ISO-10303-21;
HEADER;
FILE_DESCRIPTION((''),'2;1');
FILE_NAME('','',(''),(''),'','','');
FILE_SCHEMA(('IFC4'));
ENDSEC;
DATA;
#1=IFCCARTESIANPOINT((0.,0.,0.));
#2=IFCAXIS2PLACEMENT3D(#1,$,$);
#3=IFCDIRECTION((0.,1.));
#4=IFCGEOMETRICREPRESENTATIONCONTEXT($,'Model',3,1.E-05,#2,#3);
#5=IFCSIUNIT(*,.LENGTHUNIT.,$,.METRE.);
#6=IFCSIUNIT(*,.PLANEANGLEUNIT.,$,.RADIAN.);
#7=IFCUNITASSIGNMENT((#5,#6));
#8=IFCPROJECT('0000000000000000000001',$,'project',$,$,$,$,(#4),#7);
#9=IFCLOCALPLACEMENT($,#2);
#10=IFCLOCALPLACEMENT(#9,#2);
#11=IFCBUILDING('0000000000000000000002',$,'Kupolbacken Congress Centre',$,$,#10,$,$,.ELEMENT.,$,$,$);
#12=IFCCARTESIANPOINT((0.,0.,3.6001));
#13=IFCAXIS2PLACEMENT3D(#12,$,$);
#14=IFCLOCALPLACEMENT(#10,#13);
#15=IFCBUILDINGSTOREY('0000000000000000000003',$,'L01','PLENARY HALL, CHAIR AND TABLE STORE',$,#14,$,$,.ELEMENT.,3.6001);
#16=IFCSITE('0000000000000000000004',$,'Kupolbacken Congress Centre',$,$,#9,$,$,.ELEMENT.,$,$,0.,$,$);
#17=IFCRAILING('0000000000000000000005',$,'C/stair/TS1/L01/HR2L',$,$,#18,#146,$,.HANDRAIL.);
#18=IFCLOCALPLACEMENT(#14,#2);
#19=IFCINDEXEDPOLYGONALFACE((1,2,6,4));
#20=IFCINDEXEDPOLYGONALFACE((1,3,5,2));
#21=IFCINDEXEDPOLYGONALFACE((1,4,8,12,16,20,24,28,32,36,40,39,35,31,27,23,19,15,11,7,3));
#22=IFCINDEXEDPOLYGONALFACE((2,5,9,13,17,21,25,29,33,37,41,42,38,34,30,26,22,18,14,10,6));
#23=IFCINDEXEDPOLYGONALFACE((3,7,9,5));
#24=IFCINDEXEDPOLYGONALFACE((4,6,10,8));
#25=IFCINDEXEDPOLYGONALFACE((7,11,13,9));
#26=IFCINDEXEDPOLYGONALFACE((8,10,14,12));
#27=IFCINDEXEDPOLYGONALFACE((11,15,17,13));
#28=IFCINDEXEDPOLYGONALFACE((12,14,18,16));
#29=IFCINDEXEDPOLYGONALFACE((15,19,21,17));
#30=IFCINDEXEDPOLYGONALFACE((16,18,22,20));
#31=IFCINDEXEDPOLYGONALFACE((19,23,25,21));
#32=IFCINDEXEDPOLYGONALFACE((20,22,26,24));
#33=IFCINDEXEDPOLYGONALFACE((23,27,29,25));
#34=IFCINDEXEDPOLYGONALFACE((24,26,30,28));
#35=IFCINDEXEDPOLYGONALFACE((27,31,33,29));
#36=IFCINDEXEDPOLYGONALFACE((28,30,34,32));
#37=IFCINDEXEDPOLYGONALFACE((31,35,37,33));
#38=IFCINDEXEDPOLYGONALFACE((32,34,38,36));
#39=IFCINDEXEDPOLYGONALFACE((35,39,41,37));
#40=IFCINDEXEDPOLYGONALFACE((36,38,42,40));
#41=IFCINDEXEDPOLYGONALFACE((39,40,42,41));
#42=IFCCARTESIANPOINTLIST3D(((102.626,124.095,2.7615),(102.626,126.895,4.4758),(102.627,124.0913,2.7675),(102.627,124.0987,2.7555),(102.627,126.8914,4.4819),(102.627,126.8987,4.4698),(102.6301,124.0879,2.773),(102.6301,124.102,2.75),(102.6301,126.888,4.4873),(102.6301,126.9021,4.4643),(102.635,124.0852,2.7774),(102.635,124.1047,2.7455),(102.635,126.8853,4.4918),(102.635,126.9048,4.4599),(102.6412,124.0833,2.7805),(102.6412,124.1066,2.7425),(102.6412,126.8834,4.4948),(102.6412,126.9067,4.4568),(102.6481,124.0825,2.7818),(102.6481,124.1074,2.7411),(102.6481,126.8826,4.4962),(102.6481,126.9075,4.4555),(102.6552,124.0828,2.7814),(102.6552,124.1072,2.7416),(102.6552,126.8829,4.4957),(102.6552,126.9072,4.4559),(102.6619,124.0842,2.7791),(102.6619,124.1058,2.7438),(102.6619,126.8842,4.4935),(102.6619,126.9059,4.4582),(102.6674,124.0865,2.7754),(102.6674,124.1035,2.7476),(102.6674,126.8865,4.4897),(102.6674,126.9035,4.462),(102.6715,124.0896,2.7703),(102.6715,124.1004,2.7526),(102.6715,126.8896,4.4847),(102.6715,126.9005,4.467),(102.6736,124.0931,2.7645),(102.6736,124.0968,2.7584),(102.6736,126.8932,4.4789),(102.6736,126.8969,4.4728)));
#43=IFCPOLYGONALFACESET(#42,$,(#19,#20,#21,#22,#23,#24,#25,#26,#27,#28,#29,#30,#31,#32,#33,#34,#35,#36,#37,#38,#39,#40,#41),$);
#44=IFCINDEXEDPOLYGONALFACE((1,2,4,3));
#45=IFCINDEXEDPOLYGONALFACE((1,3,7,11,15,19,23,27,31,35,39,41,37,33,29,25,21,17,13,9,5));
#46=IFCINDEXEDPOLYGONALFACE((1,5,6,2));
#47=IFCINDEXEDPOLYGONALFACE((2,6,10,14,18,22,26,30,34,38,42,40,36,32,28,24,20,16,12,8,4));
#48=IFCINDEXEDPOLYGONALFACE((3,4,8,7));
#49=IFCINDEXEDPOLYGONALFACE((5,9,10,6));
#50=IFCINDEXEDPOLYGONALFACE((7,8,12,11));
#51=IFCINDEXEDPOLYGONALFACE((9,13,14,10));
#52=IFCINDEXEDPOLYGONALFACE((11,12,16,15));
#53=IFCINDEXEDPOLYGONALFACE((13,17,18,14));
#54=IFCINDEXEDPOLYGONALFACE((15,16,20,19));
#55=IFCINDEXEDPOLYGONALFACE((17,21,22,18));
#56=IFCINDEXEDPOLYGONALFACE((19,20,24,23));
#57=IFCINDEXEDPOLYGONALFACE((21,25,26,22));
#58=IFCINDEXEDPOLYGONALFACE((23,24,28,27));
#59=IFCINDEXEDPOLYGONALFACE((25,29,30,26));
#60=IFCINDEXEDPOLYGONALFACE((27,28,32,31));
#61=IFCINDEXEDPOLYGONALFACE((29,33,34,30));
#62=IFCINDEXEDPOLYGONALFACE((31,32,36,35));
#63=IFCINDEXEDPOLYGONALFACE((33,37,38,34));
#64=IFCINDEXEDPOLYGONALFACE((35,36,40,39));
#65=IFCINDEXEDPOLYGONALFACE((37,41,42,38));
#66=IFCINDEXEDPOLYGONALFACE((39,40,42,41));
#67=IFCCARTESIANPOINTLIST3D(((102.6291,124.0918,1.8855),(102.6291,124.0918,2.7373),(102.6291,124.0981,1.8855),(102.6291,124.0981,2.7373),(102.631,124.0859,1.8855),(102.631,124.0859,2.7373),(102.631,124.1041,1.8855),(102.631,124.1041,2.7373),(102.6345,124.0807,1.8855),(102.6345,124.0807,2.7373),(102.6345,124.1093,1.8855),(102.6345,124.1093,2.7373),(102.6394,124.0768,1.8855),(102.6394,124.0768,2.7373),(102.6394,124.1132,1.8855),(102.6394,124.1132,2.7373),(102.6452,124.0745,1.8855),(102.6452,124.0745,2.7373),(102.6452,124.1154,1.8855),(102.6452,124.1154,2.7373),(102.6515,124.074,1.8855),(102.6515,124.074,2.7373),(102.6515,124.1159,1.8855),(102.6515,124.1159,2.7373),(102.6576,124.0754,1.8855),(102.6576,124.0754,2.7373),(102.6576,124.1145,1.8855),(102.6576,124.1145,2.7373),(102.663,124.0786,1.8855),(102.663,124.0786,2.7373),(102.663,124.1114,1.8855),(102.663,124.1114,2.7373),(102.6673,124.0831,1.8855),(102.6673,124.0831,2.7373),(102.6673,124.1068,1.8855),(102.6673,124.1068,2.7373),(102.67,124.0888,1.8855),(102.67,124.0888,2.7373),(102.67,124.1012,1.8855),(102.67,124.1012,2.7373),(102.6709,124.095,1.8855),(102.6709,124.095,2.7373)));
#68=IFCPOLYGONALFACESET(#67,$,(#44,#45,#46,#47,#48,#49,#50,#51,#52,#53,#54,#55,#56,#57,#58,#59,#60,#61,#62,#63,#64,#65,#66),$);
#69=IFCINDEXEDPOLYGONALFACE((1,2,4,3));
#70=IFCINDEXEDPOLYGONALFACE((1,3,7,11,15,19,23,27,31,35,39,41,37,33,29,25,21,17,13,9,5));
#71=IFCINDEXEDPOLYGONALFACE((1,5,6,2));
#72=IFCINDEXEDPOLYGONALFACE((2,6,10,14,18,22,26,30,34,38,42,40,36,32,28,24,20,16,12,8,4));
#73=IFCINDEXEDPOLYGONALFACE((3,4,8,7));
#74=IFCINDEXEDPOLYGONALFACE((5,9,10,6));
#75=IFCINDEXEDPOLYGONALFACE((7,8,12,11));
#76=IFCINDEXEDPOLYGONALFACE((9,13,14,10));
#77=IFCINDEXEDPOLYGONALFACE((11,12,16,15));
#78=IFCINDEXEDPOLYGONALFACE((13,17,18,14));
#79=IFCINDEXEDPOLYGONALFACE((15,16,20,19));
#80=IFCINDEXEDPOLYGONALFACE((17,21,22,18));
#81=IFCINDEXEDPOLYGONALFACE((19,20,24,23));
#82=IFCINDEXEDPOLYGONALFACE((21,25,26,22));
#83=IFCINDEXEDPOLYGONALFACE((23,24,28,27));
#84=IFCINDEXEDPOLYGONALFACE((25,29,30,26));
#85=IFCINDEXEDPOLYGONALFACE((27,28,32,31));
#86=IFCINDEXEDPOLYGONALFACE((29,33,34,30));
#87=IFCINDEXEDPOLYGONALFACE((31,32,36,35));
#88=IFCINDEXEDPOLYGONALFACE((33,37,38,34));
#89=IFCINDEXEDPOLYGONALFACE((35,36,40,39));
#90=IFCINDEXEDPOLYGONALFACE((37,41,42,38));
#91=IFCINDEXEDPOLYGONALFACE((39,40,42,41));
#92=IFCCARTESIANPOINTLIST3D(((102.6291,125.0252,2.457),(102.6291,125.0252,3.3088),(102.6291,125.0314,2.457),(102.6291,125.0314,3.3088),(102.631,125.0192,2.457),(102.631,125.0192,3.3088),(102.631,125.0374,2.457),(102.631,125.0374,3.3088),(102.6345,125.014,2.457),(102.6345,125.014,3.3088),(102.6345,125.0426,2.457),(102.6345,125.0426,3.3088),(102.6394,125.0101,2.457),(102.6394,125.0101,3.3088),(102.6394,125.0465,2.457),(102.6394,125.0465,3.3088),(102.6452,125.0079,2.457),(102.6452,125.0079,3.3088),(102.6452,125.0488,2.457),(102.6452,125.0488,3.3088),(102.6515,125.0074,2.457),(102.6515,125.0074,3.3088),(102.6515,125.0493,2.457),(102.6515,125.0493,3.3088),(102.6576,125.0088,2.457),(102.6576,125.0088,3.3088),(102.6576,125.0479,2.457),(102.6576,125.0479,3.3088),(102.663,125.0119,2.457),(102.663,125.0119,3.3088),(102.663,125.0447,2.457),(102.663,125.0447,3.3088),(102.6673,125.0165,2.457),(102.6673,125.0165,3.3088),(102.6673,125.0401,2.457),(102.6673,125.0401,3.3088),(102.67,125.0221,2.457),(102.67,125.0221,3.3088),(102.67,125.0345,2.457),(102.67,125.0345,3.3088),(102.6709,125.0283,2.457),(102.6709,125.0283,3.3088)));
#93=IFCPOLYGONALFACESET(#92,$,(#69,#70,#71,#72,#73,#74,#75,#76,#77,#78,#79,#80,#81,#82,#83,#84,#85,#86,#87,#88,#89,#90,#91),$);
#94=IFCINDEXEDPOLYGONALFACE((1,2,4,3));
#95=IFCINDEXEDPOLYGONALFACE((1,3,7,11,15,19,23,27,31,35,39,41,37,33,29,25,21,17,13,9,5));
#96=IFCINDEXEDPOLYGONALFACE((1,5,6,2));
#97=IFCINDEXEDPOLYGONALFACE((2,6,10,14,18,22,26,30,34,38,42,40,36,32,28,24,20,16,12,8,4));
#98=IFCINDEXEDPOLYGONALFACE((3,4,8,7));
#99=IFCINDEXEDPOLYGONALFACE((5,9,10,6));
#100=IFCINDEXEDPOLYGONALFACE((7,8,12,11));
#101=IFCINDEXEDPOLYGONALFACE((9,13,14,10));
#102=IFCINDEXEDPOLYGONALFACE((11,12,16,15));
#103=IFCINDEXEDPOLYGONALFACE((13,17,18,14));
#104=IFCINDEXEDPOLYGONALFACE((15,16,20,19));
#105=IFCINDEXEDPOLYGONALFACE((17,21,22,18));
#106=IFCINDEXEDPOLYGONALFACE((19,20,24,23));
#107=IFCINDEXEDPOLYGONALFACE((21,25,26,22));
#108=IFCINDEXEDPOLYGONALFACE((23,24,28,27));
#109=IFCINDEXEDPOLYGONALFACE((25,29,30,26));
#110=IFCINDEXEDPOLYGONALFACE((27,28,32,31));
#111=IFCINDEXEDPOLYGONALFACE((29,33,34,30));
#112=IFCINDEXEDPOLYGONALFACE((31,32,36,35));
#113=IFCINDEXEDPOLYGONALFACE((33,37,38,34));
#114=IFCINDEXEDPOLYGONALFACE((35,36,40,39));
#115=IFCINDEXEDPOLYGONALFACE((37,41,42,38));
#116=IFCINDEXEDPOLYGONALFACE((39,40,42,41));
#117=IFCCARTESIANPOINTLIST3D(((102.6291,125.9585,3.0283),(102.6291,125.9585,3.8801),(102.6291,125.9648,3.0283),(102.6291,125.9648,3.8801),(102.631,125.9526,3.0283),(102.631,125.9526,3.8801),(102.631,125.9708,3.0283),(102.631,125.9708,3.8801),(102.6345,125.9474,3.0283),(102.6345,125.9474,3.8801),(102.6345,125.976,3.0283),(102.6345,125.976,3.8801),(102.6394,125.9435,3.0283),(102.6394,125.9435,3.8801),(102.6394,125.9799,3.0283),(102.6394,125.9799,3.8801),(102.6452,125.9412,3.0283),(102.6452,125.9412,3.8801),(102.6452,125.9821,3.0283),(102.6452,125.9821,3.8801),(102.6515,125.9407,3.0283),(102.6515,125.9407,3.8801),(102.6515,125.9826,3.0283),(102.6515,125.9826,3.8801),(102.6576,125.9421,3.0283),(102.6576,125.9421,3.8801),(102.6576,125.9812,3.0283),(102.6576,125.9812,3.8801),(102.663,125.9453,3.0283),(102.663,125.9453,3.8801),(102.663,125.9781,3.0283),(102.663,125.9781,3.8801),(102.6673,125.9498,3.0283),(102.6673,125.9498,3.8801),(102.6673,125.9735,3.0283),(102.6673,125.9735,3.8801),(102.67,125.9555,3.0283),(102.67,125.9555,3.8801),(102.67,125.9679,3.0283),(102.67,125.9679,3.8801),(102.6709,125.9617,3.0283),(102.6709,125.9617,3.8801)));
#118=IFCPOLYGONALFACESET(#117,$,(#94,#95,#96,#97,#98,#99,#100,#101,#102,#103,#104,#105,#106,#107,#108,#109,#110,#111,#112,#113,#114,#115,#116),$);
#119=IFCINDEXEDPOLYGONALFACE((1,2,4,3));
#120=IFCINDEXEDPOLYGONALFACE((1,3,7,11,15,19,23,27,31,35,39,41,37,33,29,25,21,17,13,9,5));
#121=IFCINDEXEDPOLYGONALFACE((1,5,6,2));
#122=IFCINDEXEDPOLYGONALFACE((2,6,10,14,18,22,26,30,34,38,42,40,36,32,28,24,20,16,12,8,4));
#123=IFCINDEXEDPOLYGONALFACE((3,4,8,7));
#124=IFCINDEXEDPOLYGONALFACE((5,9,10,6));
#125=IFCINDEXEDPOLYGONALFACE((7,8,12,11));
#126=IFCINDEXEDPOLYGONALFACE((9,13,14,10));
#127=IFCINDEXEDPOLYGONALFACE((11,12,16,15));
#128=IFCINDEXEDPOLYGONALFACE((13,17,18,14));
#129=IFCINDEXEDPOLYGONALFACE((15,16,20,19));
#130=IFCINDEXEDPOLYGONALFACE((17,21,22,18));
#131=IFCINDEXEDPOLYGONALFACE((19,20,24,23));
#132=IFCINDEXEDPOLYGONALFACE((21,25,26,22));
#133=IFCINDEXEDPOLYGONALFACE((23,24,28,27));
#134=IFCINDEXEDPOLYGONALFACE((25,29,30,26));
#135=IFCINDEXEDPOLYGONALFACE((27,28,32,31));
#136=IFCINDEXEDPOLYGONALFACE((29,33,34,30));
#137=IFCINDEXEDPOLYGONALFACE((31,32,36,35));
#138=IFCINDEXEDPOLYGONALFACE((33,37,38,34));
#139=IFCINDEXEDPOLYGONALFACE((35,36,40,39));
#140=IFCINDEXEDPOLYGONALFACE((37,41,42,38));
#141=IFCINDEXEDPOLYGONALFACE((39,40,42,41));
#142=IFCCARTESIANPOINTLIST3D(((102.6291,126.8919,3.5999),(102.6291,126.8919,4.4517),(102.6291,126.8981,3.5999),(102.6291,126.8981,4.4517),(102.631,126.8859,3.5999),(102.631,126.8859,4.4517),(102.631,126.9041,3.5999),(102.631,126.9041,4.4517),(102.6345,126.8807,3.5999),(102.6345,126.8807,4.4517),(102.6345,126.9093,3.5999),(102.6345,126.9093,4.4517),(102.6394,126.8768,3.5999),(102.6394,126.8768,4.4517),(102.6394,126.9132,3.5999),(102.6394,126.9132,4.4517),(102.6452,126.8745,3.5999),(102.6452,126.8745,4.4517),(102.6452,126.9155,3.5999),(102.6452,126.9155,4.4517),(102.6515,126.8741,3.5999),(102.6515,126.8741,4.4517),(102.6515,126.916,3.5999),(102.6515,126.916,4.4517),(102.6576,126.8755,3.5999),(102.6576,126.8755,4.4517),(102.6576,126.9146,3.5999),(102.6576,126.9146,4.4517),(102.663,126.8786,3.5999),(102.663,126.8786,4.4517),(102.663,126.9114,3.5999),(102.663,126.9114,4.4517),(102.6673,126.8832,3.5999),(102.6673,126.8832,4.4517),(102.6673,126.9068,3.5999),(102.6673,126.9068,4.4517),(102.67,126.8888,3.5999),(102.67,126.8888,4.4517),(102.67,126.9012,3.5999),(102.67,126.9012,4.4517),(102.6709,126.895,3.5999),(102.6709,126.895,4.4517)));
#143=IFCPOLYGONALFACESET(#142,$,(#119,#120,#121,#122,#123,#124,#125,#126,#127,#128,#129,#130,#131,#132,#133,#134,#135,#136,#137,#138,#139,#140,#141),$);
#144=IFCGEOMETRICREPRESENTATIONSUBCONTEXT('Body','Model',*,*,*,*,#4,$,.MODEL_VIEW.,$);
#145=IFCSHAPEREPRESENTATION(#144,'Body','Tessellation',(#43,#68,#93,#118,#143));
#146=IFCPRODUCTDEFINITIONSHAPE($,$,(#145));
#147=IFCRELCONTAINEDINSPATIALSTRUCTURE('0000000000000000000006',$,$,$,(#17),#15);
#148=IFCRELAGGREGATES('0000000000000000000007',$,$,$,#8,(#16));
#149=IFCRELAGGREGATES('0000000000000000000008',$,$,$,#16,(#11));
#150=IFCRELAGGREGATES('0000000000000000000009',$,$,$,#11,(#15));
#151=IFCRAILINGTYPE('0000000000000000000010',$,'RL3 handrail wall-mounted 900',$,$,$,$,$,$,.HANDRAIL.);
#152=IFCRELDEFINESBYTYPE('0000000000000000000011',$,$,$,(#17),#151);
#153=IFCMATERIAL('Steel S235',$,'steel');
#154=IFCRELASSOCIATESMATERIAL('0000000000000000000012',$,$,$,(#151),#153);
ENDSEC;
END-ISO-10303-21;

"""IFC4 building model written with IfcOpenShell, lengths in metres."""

from ifc_helpers import new_model, si_unit, direction, frame, origin, origin_2d, place, context, subcontext, project, spatial, circle, extrude, material, type_object, element, save


model = new_model("IFC4")

# Units and contexts
model_context = context("Model", 3, precision=1e-05, world=origin(), true_north=direction((0.0, 1.0)))
body_context = subcontext(model_context, "Body", "Model", "MODEL_VIEW")
ifc_project = project(units=[si_unit("LENGTHUNIT", "METRE"), si_unit("PLANEANGLEUNIT", "RADIAN")], contexts=[model_context])

# Site, building, storey
site_placement = place(None, origin())
site = spatial("IfcSite", under=ifc_project, at=site_placement, Name="Kupolbacken Congress Centre", CompositionType="ELEMENT", RefElevation=0.0)
building_placement = place(site_placement, origin())
building = spatial("IfcBuilding", under=site, at=building_placement, Name="Kupolbacken Congress Centre", CompositionType="ELEMENT")
storey_placement = place(building_placement, frame((0.0, 0.0, 3.6001)))
storey = spatial("IfcBuildingStorey", under=building, at=storey_placement, Name="L01", Description="PLENARY HALL, CHAIR AND TABLE STORE", CompositionType="ELEMENT", Elevation=3.6001)

# Railing
ifc_material_1 = material(Name="Steel S235", Category="steel")
railing_type = type_object("IfcRailingType", Name="RL3 handrail wall-mounted 900", PredefinedType="HANDRAIL", material=ifc_material_1)
for number, where, name in (
    (1, (102.6499, 124.095, 1.8855), "C/stair/TS1/L01/HR2L"),
):
    element("IfcRailing", number, at=place(storey_placement, frame(where)), inside=storey, type_object=railing_type, Name=name, PredefinedType="HANDRAIL", context=body_context, shape_type="SweptSolid", body=[
        extrude(circle(Radius=0.0239, at=origin_2d()), frame((0.0, 0.0, 0.876), z_axis=(0.0, 0.852846, 0.522163), x_axis=(-1.0, 0.0, 0.0)), (0.0, 0.0, 1.0), 3.2832),
        extrude(circle(Radius=0.021, at=origin_2d()), origin(), (0.0, 0.0, 1.0), 0.8518),
        extrude(circle(Radius=0.021, at=origin_2d()), frame((0.0, 0.9333, 0.5715)), (0.0, 0.0, 1.0), 0.8518),
        extrude(circle(Radius=0.021, at=origin_2d()), frame((0.0, 1.8667, 1.1428)), (0.0, 0.0, 1.0), 0.8518),
        extrude(circle(Radius=0.021, at=origin_2d()), frame((0.0, 2.8, 1.7144)), (0.0, 0.0, 1.0), 0.8518),
    ])

save(model, "model.ifc")
